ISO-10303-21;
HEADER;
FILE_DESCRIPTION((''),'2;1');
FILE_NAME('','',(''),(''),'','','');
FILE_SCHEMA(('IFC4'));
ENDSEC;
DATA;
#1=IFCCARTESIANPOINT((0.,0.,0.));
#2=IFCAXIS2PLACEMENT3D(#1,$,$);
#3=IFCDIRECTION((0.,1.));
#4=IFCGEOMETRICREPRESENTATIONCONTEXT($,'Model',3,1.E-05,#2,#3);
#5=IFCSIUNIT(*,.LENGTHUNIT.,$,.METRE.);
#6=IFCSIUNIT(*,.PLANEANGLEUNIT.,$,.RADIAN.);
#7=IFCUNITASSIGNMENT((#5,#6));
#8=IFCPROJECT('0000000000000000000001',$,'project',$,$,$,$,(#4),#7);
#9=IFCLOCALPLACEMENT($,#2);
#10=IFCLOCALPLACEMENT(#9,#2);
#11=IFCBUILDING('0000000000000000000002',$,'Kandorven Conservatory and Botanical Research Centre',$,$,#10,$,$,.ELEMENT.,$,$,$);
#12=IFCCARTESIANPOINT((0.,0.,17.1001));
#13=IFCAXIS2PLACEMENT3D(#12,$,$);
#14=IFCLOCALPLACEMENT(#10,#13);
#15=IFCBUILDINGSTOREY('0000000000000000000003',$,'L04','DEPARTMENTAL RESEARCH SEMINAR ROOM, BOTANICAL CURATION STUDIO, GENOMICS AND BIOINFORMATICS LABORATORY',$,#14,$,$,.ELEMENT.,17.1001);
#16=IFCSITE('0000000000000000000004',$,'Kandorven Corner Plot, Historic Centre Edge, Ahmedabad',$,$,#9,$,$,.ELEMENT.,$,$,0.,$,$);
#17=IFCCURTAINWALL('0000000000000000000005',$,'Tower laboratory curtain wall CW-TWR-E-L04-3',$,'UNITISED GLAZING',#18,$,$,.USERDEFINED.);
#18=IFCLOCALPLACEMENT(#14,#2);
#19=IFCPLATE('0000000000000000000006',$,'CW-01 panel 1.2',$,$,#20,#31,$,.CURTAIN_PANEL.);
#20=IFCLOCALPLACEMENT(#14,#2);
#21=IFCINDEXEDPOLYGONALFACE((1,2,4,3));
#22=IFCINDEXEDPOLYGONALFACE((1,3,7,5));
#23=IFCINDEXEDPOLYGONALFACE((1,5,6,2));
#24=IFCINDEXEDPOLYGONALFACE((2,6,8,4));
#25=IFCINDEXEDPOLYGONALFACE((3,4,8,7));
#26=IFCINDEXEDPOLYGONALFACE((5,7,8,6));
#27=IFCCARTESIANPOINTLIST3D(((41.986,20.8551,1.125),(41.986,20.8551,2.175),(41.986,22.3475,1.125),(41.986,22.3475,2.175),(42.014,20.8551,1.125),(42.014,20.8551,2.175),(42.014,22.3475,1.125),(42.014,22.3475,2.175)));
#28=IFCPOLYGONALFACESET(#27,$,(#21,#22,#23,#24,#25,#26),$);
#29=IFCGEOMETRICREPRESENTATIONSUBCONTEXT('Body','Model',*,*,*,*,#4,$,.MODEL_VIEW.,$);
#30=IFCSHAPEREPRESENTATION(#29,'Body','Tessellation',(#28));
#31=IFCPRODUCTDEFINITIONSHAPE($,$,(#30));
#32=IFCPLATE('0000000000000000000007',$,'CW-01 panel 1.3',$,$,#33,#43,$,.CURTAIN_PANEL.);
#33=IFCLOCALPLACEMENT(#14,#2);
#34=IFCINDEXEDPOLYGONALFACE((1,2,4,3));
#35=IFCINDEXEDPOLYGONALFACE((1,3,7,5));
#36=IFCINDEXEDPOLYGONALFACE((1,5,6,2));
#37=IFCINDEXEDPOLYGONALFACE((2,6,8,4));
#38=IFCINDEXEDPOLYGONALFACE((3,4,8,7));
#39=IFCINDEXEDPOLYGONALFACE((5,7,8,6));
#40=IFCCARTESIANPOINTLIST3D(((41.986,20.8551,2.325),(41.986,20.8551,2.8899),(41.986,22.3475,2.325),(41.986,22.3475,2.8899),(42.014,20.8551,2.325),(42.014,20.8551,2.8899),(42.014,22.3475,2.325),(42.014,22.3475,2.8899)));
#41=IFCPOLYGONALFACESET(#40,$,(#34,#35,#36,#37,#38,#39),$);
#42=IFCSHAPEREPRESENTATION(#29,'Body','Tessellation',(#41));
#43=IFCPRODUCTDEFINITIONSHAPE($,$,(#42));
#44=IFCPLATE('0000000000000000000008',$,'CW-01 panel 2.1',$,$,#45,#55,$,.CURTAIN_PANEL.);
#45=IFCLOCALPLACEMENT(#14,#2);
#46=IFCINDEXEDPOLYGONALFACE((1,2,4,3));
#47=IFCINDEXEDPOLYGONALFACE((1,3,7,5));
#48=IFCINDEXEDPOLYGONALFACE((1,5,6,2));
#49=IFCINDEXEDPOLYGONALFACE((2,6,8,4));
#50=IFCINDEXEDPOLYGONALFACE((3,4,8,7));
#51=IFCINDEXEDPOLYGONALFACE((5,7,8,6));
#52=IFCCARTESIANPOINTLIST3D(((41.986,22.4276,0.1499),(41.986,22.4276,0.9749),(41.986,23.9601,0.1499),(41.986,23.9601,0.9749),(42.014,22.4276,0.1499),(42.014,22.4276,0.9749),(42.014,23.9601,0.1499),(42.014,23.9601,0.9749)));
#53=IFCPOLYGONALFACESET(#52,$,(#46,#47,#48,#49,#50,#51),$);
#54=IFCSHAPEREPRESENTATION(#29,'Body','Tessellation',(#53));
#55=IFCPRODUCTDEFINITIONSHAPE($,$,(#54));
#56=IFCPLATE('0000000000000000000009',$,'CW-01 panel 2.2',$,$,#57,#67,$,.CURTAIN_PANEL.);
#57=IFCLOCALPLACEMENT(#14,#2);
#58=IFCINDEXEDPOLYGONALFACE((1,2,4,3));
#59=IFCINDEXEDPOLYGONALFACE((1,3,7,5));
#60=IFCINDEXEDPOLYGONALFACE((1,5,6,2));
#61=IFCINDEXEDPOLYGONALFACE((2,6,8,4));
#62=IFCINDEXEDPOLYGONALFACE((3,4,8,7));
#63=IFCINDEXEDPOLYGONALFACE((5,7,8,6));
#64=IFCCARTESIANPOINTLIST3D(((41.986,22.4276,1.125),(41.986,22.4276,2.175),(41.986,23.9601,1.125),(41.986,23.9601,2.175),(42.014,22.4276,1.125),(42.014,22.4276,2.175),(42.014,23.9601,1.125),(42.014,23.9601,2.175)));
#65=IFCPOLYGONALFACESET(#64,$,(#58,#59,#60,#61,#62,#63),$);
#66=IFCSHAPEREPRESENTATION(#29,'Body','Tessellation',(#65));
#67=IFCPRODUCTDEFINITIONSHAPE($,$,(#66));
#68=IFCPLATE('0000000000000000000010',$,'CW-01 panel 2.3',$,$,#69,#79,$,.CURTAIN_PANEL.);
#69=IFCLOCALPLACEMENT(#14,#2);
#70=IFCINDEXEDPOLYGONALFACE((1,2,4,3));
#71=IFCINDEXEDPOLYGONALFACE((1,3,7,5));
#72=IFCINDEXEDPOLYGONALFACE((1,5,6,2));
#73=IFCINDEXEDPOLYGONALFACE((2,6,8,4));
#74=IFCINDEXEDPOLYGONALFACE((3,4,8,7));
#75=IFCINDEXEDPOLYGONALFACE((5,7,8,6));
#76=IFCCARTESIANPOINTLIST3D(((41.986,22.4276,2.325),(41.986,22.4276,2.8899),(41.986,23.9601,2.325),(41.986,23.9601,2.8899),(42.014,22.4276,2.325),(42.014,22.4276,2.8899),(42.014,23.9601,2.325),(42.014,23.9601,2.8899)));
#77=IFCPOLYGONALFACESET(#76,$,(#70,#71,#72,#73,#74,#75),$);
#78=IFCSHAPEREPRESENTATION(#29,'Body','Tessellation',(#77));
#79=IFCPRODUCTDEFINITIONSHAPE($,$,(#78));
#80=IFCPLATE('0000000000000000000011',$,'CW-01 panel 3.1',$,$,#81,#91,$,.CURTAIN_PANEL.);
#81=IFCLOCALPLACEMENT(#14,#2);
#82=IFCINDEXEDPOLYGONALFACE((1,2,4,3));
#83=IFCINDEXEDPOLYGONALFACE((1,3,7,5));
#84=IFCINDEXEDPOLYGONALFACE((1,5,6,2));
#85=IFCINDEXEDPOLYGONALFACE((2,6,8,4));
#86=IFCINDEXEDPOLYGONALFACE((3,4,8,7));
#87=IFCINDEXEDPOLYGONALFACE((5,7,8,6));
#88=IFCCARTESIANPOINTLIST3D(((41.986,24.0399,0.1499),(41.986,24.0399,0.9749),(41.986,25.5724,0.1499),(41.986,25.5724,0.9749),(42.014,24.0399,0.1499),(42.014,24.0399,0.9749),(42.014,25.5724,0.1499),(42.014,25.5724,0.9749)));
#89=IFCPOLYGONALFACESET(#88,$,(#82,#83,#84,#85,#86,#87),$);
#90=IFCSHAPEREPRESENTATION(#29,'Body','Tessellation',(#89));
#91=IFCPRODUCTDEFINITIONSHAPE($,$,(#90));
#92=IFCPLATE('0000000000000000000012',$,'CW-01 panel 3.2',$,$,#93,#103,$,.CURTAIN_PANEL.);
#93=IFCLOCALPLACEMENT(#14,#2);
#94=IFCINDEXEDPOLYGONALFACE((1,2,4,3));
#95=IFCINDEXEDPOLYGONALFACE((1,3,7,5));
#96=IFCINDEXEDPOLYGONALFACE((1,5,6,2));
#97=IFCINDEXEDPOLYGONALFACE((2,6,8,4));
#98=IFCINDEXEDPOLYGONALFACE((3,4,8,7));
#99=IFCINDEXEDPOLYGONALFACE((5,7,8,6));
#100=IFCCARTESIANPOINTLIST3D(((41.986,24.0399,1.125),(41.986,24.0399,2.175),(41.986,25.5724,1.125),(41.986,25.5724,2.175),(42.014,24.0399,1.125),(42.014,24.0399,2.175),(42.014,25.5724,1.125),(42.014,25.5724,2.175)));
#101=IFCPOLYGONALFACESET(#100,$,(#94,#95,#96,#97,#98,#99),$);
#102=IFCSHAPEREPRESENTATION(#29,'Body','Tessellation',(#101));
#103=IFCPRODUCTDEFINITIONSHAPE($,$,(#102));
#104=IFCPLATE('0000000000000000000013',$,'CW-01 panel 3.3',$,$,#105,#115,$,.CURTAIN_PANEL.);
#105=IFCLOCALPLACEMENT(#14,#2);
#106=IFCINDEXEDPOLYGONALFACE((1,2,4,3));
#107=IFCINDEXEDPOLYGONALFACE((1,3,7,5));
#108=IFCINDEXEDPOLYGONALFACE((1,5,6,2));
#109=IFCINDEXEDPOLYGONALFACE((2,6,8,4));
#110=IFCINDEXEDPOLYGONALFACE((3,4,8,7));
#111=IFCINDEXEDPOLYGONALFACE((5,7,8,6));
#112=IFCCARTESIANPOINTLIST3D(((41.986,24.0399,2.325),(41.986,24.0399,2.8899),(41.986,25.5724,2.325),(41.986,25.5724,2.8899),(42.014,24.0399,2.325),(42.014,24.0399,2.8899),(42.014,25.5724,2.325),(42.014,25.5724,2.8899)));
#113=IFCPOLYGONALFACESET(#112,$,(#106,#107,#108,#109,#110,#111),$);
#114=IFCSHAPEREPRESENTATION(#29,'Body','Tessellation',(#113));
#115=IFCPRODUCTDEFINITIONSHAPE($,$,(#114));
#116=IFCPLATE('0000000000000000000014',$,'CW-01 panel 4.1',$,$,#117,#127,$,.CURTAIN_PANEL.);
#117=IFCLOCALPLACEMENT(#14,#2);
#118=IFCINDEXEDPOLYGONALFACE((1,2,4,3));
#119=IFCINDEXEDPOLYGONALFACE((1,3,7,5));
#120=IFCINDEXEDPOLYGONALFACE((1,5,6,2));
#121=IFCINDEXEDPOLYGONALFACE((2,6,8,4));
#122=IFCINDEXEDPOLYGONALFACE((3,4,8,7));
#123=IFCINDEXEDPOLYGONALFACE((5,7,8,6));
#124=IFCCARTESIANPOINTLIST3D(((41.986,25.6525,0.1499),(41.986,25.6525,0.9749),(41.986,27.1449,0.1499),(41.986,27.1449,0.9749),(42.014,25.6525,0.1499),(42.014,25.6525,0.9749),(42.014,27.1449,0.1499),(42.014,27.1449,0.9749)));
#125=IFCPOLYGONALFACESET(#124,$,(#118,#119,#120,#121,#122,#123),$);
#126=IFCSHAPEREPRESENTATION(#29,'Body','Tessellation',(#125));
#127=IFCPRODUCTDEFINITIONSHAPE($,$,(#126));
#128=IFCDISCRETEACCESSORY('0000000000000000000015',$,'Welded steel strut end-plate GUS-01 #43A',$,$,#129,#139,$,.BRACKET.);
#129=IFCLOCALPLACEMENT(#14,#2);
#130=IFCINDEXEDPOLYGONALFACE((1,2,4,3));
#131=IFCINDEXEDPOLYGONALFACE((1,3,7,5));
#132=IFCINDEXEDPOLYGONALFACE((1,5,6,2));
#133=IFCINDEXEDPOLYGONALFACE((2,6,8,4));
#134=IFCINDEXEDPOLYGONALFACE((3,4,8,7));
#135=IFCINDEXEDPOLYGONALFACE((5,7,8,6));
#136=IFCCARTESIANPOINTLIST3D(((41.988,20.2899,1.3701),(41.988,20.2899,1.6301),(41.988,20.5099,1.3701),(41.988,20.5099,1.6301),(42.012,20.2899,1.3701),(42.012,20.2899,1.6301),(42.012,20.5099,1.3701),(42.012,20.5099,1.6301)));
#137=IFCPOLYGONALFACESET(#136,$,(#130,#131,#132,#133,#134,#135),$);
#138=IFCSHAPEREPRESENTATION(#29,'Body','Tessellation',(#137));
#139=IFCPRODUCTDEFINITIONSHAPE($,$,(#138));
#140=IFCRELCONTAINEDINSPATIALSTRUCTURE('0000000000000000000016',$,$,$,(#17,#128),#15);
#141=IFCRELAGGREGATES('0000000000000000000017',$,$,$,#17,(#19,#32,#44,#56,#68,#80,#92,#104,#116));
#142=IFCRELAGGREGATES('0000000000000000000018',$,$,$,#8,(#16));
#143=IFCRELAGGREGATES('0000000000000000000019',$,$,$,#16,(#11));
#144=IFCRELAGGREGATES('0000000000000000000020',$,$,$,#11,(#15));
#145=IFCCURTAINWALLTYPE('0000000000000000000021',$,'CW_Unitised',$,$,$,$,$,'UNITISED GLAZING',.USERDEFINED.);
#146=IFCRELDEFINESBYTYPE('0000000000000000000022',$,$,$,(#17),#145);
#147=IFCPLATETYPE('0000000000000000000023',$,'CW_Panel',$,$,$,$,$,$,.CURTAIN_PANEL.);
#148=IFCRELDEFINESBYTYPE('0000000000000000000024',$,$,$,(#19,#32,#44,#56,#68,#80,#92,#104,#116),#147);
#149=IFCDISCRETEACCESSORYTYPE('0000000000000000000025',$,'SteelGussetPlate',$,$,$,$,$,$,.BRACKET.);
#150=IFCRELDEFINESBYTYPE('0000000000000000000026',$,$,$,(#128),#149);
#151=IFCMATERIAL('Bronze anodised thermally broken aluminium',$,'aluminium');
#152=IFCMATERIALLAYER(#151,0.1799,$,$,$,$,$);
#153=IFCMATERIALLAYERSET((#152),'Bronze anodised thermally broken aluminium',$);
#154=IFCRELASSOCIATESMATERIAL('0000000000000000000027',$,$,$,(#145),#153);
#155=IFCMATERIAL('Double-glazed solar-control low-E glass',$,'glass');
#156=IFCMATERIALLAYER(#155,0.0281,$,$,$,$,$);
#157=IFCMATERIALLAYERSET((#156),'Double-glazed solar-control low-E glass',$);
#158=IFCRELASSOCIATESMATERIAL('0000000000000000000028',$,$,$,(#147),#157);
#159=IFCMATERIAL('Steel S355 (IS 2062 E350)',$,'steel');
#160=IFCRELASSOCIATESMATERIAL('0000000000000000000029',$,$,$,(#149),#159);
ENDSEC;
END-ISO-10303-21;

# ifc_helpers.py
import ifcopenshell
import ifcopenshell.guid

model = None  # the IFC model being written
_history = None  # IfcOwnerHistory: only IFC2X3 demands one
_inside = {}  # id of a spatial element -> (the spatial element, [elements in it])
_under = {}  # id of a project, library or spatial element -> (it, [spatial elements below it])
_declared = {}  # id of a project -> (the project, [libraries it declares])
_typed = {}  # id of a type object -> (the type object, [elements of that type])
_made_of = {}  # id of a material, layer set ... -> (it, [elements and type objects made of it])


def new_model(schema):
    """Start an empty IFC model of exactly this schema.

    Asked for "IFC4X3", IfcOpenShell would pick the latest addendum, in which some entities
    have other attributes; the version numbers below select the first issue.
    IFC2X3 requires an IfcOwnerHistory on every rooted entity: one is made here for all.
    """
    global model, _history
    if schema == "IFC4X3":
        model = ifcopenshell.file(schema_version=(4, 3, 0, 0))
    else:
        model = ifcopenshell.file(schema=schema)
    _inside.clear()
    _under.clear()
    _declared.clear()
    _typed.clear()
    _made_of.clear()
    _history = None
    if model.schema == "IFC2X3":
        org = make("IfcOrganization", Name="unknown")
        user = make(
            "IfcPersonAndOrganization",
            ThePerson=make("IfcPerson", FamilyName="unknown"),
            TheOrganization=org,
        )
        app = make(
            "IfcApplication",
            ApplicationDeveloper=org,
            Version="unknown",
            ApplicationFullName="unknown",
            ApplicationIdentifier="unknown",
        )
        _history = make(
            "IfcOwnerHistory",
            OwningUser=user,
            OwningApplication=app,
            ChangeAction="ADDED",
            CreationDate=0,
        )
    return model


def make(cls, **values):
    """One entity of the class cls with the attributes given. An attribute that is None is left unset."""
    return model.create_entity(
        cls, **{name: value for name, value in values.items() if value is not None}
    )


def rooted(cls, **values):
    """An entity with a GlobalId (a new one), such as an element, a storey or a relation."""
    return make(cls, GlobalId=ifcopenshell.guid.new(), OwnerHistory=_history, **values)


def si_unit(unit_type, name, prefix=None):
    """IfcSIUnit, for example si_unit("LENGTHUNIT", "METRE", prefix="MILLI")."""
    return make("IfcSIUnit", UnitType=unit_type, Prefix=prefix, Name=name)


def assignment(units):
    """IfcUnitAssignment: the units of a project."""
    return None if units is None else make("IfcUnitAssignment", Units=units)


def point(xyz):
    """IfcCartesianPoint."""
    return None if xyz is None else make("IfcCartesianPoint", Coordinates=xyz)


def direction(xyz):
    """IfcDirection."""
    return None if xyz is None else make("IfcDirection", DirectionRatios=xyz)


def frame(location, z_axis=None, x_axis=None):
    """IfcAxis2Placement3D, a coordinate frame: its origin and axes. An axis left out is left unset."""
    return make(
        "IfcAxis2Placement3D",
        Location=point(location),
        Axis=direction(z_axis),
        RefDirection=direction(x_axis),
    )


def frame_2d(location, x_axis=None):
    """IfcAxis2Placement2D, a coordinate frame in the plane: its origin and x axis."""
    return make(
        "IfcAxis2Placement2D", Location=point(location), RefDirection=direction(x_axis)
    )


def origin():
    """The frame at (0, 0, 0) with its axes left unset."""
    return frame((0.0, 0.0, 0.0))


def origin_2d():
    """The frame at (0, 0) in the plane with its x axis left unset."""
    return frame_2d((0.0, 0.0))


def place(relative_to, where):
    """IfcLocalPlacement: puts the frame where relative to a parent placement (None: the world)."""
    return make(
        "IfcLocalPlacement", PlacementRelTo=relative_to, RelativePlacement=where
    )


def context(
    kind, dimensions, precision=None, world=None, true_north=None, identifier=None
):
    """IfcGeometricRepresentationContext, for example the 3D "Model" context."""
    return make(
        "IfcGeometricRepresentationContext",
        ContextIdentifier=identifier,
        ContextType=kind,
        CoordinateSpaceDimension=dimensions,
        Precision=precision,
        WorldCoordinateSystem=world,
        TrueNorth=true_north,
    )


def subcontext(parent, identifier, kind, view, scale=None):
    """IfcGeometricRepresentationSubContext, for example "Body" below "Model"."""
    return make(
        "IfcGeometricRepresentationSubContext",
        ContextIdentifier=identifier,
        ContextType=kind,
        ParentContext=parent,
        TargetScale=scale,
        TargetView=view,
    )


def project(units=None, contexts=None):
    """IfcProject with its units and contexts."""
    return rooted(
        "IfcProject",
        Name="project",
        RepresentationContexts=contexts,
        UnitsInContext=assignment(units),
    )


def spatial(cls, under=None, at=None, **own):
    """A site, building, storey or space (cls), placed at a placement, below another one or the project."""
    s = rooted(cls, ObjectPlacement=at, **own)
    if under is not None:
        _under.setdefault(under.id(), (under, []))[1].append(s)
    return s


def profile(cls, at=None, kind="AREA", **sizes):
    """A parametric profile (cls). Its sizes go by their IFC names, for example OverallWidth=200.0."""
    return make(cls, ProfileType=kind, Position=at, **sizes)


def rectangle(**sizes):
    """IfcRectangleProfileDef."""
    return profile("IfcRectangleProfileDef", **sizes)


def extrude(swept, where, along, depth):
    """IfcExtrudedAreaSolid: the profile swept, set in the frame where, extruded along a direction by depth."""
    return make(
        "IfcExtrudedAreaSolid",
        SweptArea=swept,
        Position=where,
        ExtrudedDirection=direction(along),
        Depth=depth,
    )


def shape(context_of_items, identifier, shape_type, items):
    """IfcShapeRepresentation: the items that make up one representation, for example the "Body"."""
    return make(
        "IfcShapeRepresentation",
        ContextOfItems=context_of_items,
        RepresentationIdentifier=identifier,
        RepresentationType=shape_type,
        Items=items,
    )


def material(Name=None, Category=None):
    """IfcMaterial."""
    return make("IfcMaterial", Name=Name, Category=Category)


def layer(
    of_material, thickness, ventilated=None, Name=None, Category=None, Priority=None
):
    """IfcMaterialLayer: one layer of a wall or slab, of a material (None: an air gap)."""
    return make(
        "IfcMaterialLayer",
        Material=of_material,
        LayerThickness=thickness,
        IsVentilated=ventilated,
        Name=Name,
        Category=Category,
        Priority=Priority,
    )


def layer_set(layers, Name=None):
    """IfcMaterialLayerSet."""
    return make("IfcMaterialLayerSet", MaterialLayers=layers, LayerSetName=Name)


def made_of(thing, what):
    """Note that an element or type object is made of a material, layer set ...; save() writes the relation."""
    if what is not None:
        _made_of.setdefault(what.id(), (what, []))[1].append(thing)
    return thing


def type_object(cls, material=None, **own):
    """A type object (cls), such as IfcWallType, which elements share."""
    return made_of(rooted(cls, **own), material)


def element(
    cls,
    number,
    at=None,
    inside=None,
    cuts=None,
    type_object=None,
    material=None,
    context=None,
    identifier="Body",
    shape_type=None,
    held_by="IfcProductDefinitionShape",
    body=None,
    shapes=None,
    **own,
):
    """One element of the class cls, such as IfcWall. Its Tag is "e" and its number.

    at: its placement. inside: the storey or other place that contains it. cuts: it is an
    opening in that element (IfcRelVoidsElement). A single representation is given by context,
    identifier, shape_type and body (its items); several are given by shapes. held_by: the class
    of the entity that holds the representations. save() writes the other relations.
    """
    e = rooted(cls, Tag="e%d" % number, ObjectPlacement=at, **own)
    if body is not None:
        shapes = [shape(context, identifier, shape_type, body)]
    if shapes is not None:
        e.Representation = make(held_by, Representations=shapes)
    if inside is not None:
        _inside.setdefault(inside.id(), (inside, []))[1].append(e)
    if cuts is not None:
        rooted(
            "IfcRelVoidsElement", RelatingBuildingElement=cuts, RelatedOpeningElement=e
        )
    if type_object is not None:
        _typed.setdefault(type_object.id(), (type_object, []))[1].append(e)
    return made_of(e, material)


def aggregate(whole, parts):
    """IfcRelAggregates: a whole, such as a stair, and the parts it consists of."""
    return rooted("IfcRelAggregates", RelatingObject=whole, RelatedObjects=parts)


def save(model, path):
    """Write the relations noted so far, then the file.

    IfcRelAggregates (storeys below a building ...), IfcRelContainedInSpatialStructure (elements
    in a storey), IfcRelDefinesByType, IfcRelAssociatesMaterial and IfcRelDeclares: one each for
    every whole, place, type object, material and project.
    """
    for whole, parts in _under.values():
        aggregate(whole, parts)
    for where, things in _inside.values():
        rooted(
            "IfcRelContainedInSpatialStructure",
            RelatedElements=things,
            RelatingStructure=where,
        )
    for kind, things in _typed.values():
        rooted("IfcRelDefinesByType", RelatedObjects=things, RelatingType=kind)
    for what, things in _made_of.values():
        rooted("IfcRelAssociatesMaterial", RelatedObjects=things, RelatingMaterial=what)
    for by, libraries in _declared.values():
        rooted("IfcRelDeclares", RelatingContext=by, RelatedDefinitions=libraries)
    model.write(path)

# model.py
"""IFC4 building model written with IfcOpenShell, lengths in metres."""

from ifc_helpers import new_model, si_unit, direction, frame, origin, origin_2d, place, context, subcontext, project, spatial, rectangle, extrude, material, layer, layer_set, type_object, element, aggregate, save


model = new_model("IFC4")

# Units and contexts
model_context = context("Model", 3, precision=1e-05, world=origin(), true_north=direction((0.0, 1.0)))
body_context = subcontext(model_context, "Body", "Model", "MODEL_VIEW")
ifc_project = project(units=[si_unit("LENGTHUNIT", "METRE"), si_unit("PLANEANGLEUNIT", "RADIAN")], contexts=[model_context])

# Site, building, storey
site_placement = place(None, origin())
site = spatial("IfcSite", under=ifc_project, at=site_placement, Name="Kandorven Corner Plot, Historic Centre Edge, Ahmedabad", CompositionType="ELEMENT", RefElevation=0.0)
building_placement = place(site_placement, origin())
building = spatial("IfcBuilding", under=site, at=building_placement, Name="Kandorven Conservatory and Botanical Research Centre", CompositionType="ELEMENT")
storey_placement = place(building_placement, frame((0.0, 0.0, 17.1001)))
storey = spatial("IfcBuildingStorey", under=building, at=storey_placement, Name="L04", Description="DEPARTMENTAL RESEARCH SEMINAR ROOM, BOTANICAL CURATION STUDIO, GENOMICS AND BIOINFORMATICS LABORATORY", CompositionType="ELEMENT", Elevation=17.1001)

# Curtain wall
ifc_material_1 = material(Name="Bronze anodised thermally broken aluminium", Category="aluminium")
ifc_layer_1 = layer(ifc_material_1, 0.1799)
ifc_layer_set_1 = layer_set([ifc_layer_1], Name="Bronze anodised thermally broken aluminium")
curtain_wall_type = type_object("IfcCurtainWallType", Name="CW_Unitised", ElementType="UNITISED GLAZING", PredefinedType="USERDEFINED", material=ifc_layer_set_1)
curtain_wall_placement = place(storey_placement, origin())
curtain_wall = element("IfcCurtainWall", 1, at=curtain_wall_placement, inside=storey, type_object=curtain_wall_type, Name="Tower laboratory curtain wall CW-TWR-E-L04-3", ObjectType="UNITISED GLAZING", PredefinedType="USERDEFINED")

# Plates
ifc_material_2 = material(Name="Double-glazed solar-control low-E glass", Category="glass")
ifc_layer_2 = layer(ifc_material_2, 0.0281)
ifc_layer_set_2 = layer_set([ifc_layer_2], Name="Double-glazed solar-control low-E glass")
plate_type = type_object("IfcPlateType", Name="CW_Panel", PredefinedType="CURTAIN_PANEL", material=ifc_layer_set_2)
plate_1_placement = place(storey_placement, frame((42.0, 21.6013, 1.125), z_axis=(0.0, 0.0, 1.0), x_axis=(0.0, 1.0, 0.0)))
plate_1 = element("IfcPlate", 2, at=plate_1_placement, type_object=plate_type, Name="CW-01 panel 1.2", PredefinedType="CURTAIN_PANEL", context=body_context, shape_type="SweptSolid", body=[
    extrude(rectangle(XDim=1.4924, YDim=0.0281, at=origin_2d()), origin(), (0.0, 0.0, 1.0), 1.05),
])
plate_2_placement = place(storey_placement, frame((42.0, 21.6013, 2.325), z_axis=(0.0, 0.0, 1.0), x_axis=(0.0, 1.0, 0.0)))
plate_2 = element("IfcPlate", 3, at=plate_2_placement, type_object=plate_type, Name="CW-01 panel 1.3", PredefinedType="CURTAIN_PANEL", context=body_context, shape_type="SweptSolid", body=[
    extrude(rectangle(XDim=1.4924, YDim=0.0281, at=origin_2d()), origin(), (0.0, 0.0, 1.0), 0.5649),
])
plate_3_placement = place(storey_placement, frame((42.0, 23.1938, 0.1499), z_axis=(0.0, 0.0, 1.0), x_axis=(0.0, 1.0, 0.0)))
plate_3 = element("IfcPlate", 4, at=plate_3_placement, type_object=plate_type, Name="CW-01 panel 2.1", PredefinedType="CURTAIN_PANEL", context=body_context, shape_type="SweptSolid", body=[
    extrude(rectangle(XDim=1.5325, YDim=0.0281, at=origin_2d()), origin(), (0.0, 0.0, 1.0), 0.825),
])
plate_4_placement = place(storey_placement, frame((42.0, 23.1938, 1.125), z_axis=(0.0, 0.0, 1.0), x_axis=(0.0, 1.0, 0.0)))
plate_4 = element("IfcPlate", 5, at=plate_4_placement, type_object=plate_type, Name="CW-01 panel 2.2", PredefinedType="CURTAIN_PANEL", context=body_context, shape_type="SweptSolid", body=[
    extrude(rectangle(XDim=1.5325, YDim=0.0281, at=origin_2d()), origin(), (0.0, 0.0, 1.0), 1.05),
])
plate_5_placement = place(storey_placement, frame((42.0, 23.1938, 2.325), z_axis=(0.0, 0.0, 1.0), x_axis=(0.0, 1.0, 0.0)))
plate_5 = element("IfcPlate", 6, at=plate_5_placement, type_object=plate_type, Name="CW-01 panel 2.3", PredefinedType="CURTAIN_PANEL", context=body_context, shape_type="SweptSolid", body=[
    extrude(rectangle(XDim=1.5325, YDim=0.0281, at=origin_2d()), origin(), (0.0, 0.0, 1.0), 0.5649),
])
plate_6_placement = place(storey_placement, frame((42.0, 24.8062, 0.1499), z_axis=(0.0, 0.0, 1.0), x_axis=(0.0, 1.0, 0.0)))
plate_6 = element("IfcPlate", 7, at=plate_6_placement, type_object=plate_type, Name="CW-01 panel 3.1", PredefinedType="CURTAIN_PANEL", context=body_context, shape_type="SweptSolid", body=[
    extrude(rectangle(XDim=1.5325, YDim=0.0281, at=origin_2d()), origin(), (0.0, 0.0, 1.0), 0.825),
])
plate_7_placement = place(storey_placement, frame((42.0, 24.8062, 1.125), z_axis=(0.0, 0.0, 1.0), x_axis=(0.0, 1.0, 0.0)))
plate_7 = element("IfcPlate", 8, at=plate_7_placement, type_object=plate_type, Name="CW-01 panel 3.2", PredefinedType="CURTAIN_PANEL", context=body_context, shape_type="SweptSolid", body=[
    extrude(rectangle(XDim=1.5325, YDim=0.0281, at=origin_2d()), origin(), (0.0, 0.0, 1.0), 1.05),
])
plate_8_placement = place(storey_placement, frame((42.0, 24.8062, 2.325), z_axis=(0.0, 0.0, 1.0), x_axis=(0.0, 1.0, 0.0)))
plate_8 = element("IfcPlate", 9, at=plate_8_placement, type_object=plate_type, Name="CW-01 panel 3.3", PredefinedType="CURTAIN_PANEL", context=body_context, shape_type="SweptSolid", body=[
    extrude(rectangle(XDim=1.5325, YDim=0.0281, at=origin_2d()), origin(), (0.0, 0.0, 1.0), 0.5649),
])
plate_9_placement = place(storey_placement, frame((42.0, 26.3987, 0.1499), z_axis=(0.0, 0.0, 1.0), x_axis=(0.0, 1.0, 0.0)))
plate_9 = element("IfcPlate", 10, at=plate_9_placement, type_object=plate_type, Name="CW-01 panel 4.1", PredefinedType="CURTAIN_PANEL", context=body_context, shape_type="SweptSolid", body=[
    extrude(rectangle(XDim=1.4924, YDim=0.0281, at=origin_2d()), origin(), (0.0, 0.0, 1.0), 0.825),
])
aggregate(curtain_wall, [plate_1, plate_2, plate_3, plate_4, plate_5, plate_6, plate_7, plate_8, plate_9])

# Discrete accessory
ifc_material_3 = material(Name="Steel S355 (IS 2062 E350)", Category="steel")
discrete_accessory_type = type_object("IfcDiscreteAccessoryType", Name="SteelGussetPlate", PredefinedType="BRACKET", material=ifc_material_3)
discrete_accessory_placement = place(storey_placement, frame((42.0, 20.3999, 1.3701), z_axis=(0.0, 0.0, 1.0), x_axis=(1.0, 0.0, 0.0)))
element("IfcDiscreteAccessory", 11, at=discrete_accessory_placement, inside=storey, type_object=discrete_accessory_type, Name="Welded steel strut end-plate GUS-01 #43A", PredefinedType="BRACKET", context=body_context, shape_type="SweptSolid", body=[
    extrude(rectangle(XDim=0.0239, YDim=0.22, at=origin_2d()), origin(), (0.0, 0.0, 1.0), 0.26),
])

save(model, "model.ifc")
